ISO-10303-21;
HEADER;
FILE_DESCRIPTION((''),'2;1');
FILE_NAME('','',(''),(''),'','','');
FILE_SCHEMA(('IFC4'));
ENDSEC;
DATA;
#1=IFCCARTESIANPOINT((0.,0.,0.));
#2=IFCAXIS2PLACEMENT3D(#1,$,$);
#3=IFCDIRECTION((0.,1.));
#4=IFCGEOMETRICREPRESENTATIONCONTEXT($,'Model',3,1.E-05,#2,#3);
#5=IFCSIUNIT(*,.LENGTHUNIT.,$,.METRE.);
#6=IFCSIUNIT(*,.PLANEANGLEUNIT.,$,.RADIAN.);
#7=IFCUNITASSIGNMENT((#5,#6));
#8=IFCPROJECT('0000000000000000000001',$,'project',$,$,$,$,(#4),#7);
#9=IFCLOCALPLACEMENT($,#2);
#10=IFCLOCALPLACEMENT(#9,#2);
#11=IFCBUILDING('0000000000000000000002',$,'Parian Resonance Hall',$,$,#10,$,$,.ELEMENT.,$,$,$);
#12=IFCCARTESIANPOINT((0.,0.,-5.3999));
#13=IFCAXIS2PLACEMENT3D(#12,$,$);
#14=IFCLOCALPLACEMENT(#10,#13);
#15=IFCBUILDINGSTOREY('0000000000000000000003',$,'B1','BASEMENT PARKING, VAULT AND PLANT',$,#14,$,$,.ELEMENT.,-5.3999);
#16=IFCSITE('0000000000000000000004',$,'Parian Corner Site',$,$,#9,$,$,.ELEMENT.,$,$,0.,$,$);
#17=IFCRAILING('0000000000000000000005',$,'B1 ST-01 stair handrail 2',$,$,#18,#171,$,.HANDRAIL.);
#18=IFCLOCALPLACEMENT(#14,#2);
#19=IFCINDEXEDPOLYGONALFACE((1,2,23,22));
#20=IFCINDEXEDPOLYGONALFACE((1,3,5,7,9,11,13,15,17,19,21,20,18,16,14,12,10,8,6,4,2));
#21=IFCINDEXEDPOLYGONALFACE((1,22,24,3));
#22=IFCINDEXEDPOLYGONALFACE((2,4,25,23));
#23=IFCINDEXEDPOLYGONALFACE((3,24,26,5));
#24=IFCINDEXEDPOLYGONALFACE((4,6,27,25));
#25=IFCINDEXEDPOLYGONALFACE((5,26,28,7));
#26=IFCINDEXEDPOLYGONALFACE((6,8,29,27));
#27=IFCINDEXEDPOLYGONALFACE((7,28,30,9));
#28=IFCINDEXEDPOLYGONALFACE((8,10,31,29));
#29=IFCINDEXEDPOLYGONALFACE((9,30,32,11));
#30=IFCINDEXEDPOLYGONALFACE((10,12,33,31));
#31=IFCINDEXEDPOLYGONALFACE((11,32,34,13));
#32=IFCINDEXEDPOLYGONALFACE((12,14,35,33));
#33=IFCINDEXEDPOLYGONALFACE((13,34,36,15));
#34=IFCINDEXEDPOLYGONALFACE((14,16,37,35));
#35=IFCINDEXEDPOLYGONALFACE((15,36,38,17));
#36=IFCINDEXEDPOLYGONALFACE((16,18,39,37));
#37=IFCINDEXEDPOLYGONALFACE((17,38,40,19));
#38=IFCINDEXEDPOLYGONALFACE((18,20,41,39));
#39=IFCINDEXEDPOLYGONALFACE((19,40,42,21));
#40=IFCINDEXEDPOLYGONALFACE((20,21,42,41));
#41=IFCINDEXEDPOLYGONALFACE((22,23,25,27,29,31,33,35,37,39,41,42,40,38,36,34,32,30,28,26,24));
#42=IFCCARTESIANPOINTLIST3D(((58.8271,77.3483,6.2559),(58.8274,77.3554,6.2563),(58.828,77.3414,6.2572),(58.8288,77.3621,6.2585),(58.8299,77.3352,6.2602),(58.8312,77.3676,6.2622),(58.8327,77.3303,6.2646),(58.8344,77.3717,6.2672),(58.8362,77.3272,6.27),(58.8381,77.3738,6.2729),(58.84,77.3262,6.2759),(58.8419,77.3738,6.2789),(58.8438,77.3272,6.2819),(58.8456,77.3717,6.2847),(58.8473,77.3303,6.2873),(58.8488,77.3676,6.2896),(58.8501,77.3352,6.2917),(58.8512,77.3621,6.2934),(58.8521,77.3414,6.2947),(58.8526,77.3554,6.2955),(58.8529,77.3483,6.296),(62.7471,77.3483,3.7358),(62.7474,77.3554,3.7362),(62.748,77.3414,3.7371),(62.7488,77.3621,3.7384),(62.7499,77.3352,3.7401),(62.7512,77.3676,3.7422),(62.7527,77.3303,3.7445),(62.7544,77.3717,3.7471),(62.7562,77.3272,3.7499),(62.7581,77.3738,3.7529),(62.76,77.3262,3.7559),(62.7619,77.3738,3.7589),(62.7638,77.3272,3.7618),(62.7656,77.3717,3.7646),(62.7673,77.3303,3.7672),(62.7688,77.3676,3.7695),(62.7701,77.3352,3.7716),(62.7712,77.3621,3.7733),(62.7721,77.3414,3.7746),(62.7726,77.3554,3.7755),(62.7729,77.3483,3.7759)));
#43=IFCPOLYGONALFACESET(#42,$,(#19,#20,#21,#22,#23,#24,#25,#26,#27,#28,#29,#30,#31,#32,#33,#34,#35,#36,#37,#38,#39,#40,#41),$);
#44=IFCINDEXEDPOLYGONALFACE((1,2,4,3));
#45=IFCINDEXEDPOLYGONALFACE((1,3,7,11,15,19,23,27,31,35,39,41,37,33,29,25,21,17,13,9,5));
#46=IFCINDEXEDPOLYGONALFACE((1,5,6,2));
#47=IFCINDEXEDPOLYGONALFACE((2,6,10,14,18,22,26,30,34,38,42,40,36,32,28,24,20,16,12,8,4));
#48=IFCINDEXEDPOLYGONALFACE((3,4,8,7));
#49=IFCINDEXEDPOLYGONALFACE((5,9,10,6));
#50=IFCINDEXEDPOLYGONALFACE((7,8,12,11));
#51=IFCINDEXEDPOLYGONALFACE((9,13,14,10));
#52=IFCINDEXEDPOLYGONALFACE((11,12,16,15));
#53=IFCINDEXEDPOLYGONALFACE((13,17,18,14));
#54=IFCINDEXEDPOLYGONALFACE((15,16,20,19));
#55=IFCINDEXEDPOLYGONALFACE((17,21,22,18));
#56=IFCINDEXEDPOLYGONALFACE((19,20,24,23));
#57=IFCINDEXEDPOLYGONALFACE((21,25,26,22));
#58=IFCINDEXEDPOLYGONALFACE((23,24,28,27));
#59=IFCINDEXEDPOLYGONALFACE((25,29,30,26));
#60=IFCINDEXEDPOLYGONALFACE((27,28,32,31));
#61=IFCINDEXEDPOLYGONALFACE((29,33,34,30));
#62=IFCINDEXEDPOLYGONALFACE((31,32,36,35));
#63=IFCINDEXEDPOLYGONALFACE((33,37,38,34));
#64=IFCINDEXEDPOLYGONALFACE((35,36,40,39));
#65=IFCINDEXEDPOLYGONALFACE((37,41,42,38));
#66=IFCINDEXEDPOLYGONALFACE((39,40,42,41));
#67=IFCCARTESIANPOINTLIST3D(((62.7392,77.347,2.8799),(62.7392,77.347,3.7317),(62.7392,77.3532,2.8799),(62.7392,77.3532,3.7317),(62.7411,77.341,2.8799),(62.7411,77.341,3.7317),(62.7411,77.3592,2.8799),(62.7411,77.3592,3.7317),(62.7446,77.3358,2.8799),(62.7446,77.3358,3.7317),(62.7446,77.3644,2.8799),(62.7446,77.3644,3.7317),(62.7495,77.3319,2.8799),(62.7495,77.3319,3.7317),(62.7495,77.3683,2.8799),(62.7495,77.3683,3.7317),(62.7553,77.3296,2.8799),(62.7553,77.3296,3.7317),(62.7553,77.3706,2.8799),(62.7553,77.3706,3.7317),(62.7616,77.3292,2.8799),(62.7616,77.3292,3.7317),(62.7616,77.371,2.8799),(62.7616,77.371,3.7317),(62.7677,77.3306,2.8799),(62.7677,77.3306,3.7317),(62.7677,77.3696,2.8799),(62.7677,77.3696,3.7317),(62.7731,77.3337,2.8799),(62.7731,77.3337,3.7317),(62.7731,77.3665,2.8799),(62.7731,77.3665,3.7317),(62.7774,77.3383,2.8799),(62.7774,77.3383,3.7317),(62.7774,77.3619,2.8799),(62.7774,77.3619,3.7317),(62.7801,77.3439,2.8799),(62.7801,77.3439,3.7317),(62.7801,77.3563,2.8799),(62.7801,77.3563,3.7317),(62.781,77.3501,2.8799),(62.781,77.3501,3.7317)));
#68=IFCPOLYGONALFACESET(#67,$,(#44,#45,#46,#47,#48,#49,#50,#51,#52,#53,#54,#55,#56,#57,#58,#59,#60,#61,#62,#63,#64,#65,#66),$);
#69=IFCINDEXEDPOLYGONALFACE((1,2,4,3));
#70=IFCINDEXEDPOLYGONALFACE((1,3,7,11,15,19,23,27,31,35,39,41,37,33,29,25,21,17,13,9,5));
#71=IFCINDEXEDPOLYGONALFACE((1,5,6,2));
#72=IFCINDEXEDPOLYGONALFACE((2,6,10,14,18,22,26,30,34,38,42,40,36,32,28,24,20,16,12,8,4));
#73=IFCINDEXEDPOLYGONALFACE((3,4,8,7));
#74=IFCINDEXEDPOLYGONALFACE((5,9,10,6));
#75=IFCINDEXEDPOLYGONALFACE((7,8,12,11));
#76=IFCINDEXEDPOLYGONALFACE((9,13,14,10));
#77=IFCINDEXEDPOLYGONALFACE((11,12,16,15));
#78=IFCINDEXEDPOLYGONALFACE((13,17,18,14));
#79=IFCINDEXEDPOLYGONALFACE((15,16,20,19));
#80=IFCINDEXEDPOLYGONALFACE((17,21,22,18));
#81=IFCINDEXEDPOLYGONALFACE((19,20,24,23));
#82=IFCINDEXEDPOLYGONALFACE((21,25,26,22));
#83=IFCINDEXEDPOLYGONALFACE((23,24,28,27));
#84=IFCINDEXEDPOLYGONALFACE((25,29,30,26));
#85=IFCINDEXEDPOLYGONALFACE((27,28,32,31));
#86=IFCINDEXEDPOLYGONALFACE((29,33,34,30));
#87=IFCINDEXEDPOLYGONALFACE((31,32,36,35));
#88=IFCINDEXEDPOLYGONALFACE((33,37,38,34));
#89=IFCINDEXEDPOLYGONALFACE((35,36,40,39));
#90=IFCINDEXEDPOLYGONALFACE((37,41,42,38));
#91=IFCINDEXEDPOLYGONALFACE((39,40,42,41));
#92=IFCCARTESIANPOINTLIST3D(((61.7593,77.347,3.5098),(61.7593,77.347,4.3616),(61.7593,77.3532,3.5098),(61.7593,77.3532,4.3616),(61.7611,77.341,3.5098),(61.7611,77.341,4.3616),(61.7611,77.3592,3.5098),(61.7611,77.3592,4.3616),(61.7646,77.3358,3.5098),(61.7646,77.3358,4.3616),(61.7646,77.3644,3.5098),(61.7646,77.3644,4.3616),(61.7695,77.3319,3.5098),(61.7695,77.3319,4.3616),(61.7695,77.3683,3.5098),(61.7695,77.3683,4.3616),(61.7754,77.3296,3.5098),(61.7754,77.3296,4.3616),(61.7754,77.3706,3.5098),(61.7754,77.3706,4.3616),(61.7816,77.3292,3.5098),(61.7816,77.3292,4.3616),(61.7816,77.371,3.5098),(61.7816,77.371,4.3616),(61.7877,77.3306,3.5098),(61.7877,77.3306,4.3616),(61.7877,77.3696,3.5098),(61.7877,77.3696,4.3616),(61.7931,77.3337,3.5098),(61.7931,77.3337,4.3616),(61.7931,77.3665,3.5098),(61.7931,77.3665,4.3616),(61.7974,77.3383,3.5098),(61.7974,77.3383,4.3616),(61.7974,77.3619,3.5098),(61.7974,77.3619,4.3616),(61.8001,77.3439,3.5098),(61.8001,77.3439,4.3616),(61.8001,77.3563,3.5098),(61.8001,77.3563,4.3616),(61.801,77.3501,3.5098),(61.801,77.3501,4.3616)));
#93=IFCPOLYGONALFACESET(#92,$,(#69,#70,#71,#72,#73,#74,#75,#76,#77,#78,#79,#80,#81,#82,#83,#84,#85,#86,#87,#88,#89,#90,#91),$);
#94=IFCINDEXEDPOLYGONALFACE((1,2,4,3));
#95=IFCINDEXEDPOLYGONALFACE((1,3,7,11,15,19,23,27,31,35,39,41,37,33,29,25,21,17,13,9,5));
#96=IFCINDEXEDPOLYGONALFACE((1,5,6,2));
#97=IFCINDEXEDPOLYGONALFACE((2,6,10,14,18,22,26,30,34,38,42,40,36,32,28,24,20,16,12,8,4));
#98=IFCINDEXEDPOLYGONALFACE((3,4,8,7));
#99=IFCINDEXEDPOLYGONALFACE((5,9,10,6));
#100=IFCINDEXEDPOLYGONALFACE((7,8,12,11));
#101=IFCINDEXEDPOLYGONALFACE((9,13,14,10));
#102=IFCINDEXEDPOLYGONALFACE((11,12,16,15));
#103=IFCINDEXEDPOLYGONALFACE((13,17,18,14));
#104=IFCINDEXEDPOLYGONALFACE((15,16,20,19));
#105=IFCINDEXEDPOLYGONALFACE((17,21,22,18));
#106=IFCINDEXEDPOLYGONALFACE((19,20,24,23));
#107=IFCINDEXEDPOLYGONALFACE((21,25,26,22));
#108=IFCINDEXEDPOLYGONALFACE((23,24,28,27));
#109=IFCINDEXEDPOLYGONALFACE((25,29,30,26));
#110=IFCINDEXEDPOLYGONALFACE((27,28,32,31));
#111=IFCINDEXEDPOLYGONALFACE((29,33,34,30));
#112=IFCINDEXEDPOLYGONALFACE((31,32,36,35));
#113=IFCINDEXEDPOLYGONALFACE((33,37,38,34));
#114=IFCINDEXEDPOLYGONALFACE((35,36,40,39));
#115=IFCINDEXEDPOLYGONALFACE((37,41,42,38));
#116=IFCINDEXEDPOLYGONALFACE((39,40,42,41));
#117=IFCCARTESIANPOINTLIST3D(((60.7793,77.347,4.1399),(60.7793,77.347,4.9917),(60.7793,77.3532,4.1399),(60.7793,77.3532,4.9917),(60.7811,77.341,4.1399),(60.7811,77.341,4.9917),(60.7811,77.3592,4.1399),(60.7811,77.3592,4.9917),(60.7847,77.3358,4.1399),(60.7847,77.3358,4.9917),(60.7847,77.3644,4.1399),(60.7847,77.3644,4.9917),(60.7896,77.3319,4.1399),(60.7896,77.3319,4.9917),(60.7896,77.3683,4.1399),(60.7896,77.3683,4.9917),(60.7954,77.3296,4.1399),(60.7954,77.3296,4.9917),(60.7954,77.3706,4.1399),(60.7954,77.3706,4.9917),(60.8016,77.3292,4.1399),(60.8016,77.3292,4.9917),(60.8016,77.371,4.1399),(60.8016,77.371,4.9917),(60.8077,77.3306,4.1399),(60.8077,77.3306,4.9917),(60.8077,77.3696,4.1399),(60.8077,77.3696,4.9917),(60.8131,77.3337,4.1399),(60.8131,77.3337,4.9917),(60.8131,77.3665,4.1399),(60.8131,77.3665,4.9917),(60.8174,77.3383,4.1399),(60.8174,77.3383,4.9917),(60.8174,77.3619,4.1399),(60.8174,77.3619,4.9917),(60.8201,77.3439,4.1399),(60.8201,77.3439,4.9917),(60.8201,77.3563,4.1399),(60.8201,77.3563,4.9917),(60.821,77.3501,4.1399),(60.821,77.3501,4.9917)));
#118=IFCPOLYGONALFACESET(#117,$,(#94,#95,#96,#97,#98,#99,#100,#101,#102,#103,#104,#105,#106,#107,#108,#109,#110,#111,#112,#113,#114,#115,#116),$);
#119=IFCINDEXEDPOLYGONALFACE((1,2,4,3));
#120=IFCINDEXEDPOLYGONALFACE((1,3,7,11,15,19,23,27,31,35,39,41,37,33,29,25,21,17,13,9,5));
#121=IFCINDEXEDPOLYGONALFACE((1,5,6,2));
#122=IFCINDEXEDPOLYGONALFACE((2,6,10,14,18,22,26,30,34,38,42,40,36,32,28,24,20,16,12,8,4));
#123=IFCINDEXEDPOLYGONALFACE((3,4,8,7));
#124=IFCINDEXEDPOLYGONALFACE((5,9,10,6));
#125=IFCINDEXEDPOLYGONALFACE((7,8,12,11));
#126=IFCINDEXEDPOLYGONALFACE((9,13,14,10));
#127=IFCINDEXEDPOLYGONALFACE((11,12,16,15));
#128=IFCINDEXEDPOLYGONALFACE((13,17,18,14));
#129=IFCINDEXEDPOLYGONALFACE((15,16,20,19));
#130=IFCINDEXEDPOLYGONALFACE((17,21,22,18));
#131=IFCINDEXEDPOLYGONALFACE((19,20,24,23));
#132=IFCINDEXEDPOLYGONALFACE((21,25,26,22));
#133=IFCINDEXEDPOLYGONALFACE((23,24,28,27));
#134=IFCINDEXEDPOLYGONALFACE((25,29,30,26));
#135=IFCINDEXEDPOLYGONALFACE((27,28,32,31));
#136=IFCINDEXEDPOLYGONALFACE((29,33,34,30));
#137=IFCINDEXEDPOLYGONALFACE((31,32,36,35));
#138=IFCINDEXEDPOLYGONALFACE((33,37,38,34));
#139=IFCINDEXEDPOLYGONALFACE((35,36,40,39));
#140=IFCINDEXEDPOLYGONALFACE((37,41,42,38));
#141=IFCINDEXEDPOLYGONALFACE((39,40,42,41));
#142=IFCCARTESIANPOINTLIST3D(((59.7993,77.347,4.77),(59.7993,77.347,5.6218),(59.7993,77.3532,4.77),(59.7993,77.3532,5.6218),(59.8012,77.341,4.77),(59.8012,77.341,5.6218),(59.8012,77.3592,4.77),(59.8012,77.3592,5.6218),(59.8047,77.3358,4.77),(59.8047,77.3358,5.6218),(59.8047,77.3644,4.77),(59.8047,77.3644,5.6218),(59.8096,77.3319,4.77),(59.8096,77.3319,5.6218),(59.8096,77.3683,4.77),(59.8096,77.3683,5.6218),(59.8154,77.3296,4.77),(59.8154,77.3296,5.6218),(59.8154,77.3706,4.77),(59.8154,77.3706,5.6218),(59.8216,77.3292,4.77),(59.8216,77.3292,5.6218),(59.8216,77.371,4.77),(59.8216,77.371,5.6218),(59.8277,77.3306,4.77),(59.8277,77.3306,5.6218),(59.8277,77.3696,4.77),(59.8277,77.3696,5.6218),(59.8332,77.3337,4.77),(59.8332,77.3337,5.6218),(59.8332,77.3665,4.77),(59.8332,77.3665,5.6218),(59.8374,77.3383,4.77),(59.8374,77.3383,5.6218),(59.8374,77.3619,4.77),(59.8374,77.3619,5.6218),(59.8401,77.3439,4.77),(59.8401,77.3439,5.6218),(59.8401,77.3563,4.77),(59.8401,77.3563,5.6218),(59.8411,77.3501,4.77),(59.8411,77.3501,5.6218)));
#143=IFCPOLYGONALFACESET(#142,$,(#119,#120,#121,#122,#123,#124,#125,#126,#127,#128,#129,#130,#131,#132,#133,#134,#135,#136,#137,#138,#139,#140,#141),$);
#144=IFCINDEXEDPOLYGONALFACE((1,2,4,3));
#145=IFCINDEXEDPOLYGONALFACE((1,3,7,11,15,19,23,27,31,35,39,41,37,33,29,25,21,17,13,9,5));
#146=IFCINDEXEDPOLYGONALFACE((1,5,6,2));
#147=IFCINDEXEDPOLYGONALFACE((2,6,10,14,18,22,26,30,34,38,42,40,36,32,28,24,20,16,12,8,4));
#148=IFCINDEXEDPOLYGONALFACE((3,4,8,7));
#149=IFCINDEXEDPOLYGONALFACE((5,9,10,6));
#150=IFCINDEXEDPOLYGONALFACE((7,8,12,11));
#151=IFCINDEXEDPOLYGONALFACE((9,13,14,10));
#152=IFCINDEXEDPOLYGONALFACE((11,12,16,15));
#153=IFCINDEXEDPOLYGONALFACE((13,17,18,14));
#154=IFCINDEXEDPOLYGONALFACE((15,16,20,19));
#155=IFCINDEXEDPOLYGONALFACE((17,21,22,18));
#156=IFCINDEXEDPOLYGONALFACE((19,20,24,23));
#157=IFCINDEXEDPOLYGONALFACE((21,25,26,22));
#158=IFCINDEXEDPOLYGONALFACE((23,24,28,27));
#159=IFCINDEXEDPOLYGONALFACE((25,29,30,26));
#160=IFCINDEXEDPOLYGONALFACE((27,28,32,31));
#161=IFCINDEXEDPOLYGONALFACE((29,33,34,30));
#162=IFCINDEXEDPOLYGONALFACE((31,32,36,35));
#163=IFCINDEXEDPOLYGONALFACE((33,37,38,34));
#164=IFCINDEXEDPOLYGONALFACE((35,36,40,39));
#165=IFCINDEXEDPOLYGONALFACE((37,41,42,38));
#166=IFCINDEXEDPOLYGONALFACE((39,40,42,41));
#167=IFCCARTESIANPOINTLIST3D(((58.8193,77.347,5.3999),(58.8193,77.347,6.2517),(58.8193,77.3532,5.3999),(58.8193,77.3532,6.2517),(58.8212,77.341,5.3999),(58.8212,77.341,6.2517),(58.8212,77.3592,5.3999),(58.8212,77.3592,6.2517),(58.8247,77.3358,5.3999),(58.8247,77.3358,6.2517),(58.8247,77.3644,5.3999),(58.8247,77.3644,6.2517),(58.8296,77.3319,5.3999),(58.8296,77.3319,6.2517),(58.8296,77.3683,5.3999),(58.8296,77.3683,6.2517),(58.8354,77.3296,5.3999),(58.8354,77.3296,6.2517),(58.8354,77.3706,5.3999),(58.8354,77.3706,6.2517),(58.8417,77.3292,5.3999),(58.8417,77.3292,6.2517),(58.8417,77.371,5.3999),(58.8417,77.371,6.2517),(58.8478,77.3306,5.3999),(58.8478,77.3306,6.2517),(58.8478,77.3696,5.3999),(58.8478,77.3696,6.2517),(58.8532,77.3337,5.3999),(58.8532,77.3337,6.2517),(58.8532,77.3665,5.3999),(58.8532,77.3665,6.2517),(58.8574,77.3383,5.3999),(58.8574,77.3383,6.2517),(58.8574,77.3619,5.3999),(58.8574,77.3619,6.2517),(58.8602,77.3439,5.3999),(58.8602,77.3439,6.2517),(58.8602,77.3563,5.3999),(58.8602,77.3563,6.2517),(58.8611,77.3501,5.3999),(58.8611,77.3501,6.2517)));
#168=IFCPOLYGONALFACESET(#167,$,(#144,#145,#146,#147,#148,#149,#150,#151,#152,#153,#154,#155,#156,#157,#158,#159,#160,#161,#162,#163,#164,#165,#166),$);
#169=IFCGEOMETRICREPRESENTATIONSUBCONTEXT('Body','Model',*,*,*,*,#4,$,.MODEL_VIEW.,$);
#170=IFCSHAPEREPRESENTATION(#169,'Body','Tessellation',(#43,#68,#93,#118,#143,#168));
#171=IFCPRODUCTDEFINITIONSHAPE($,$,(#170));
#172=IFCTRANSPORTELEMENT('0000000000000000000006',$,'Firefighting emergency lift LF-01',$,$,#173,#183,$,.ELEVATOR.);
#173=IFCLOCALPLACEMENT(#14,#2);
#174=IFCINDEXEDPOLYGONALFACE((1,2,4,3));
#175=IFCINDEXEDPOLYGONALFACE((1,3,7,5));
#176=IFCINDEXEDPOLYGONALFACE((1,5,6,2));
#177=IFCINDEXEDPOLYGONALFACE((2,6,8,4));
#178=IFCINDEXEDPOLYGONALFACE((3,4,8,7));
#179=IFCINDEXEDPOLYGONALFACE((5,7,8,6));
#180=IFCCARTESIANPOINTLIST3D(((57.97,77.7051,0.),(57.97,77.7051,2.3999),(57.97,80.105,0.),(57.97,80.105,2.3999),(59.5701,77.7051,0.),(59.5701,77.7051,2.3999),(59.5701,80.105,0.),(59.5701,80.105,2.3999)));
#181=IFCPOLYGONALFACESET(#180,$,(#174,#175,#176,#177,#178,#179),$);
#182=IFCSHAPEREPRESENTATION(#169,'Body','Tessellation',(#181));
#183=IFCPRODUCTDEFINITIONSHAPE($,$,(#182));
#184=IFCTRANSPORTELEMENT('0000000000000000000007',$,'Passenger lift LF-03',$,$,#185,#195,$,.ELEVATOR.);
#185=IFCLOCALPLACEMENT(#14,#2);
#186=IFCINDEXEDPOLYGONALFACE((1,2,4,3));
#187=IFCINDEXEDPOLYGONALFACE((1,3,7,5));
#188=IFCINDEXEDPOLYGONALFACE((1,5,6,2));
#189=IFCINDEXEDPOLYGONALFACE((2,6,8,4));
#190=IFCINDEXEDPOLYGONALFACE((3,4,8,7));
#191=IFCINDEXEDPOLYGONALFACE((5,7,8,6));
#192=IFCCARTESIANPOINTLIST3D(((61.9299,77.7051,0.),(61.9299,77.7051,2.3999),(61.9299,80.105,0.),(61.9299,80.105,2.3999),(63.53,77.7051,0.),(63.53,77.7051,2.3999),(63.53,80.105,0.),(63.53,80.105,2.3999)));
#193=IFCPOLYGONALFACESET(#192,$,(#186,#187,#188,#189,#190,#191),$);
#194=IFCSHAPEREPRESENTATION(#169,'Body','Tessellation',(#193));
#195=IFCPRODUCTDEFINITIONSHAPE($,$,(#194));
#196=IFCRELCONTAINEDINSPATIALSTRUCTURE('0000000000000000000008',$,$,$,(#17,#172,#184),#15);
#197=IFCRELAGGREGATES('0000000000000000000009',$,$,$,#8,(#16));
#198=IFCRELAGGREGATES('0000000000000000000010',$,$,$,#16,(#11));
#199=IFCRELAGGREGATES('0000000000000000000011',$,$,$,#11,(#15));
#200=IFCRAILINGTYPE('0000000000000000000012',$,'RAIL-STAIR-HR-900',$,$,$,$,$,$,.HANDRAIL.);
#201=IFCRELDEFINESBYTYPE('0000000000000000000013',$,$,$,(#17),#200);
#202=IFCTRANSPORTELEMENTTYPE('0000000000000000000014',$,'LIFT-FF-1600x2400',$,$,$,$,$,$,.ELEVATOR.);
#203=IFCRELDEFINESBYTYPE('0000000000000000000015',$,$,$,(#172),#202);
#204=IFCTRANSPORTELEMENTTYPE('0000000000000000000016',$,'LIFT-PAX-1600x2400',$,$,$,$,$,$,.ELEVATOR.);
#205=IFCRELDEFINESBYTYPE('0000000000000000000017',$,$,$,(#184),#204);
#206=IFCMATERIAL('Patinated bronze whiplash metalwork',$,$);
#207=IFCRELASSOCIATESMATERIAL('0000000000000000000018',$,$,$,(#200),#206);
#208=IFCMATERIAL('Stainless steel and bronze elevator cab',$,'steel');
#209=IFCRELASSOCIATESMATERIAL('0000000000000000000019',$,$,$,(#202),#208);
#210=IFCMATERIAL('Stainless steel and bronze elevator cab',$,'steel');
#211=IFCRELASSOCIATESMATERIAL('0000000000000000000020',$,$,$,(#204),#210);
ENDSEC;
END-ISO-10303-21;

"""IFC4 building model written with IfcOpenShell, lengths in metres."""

from ifc_helpers import new_model, si_unit, direction, frame, origin, origin_2d, place, context, subcontext, project, spatial, rectangle, circle, extrude, material, type_object, element, save


model = new_model("IFC4")

# Units and contexts
model_context = context("Model", 3, precision=1e-05, world=origin(), true_north=direction((0.0, 1.0)))
body_context = subcontext(model_context, "Body", "Model", "MODEL_VIEW")
ifc_project = project(units=[si_unit("LENGTHUNIT", "METRE"), si_unit("PLANEANGLEUNIT", "RADIAN")], contexts=[model_context])

# Site, building, storey
site_placement = place(None, origin())
site = spatial("IfcSite", under=ifc_project, at=site_placement, Name="Parian Corner Site", CompositionType="ELEMENT", RefElevation=0.0)
building_placement = place(site_placement, origin())
building = spatial("IfcBuilding", under=site, at=building_placement, Name="Parian Resonance Hall", CompositionType="ELEMENT")
storey_placement = place(building_placement, frame((0.0, 0.0, -5.3999)))
storey = spatial("IfcBuildingStorey", under=building, at=storey_placement, Name="B1", Description="BASEMENT PARKING, VAULT AND PLANT", CompositionType="ELEMENT", Elevation=-5.3999)

# Railing
ifc_material_1 = material(Name="Patinated bronze whiplash metalwork")
railing_type_1 = type_object("IfcRailingType", Name="RAIL-STAIR-HR-900", PredefinedType="HANDRAIL", material=ifc_material_1)
railing_1_placement = place(storey_placement, frame((62.76, 77.3501, 2.8799)))
element("IfcRailing", 1, at=railing_1_placement, inside=storey, type_object=railing_type_1, Name="B1 ST-01 stair handrail 2", PredefinedType="HANDRAIL", context=body_context, shape_type="SweptSolid", body=[
    extrude(circle(Radius=0.0239, at=origin_2d()), frame((0.0, 0.0, 0.876), z_axis=(-0.841172, 0.0, 0.540768), x_axis=(0.0, -1.0, 0.0)), (0.0, 0.0, 1.0), 4.6602),
    extrude(circle(Radius=0.021, at=origin_2d()), origin(), (0.0, 0.0, 1.0), 0.8518),
    extrude(circle(Radius=0.021, at=origin_2d()), frame((-0.98, 0.0, 0.6299)), (0.0, 0.0, 1.0), 0.8518),
    extrude(circle(Radius=0.021, at=origin_2d()), frame((-1.96, 0.0, 1.26)), (0.0, 0.0, 1.0), 0.8518),
    extrude(circle(Radius=0.021, at=origin_2d()), frame((-2.9399, 0.0, 1.8901)), (0.0, 0.0, 1.0), 0.8518),
    extrude(circle(Radius=0.021, at=origin_2d()), frame((-3.9199, 0.0, 2.52)), (0.0, 0.0, 1.0), 0.8518),
])

# Transport elements
ifc_material_2 = material(Name="Stainless steel and bronze elevator cab", Category="steel")
transport_element_type_1 = type_object("IfcTransportElementType", Name="LIFT-FF-1600x2400", PredefinedType="ELEVATOR", material=ifc_material_2)
transport_element_1_placement = place(storey_placement, frame((58.77, 78.905, 0.0), z_axis=(0.0, 0.0, 1.0), x_axis=(1.0, 0.0, 0.0)))
element("IfcTransportElement", 2, at=transport_element_1_placement, inside=storey, type_object=transport_element_type_1, Name="Firefighting emergency lift LF-01", PredefinedType="ELEVATOR", context=body_context, shape_type="SweptSolid", body=[
    extrude(rectangle(XDim=1.6001, YDim=2.3999, at=origin_2d()), origin(), (0.0, 0.0, 1.0), 2.3999),
])
ifc_material_3 = material(Name="Stainless steel and bronze elevator cab", Category="steel")
transport_element_type_2 = type_object("IfcTransportElementType", Name="LIFT-PAX-1600x2400", PredefinedType="ELEVATOR", material=ifc_material_3)
transport_element_2_placement = place(storey_placement, frame((62.73, 78.905, 0.0), z_axis=(0.0, 0.0, 1.0), x_axis=(1.0, 0.0, 0.0)))
element("IfcTransportElement", 3, at=transport_element_2_placement, inside=storey, type_object=transport_element_type_2, Name="Passenger lift LF-03", PredefinedType="ELEVATOR", context=body_context, shape_type="SweptSolid", body=[
    extrude(rectangle(XDim=1.6001, YDim=2.3999, at=origin_2d()), origin(), (0.0, 0.0, 1.0), 2.3999),
])

save(model, "model.ifc")
